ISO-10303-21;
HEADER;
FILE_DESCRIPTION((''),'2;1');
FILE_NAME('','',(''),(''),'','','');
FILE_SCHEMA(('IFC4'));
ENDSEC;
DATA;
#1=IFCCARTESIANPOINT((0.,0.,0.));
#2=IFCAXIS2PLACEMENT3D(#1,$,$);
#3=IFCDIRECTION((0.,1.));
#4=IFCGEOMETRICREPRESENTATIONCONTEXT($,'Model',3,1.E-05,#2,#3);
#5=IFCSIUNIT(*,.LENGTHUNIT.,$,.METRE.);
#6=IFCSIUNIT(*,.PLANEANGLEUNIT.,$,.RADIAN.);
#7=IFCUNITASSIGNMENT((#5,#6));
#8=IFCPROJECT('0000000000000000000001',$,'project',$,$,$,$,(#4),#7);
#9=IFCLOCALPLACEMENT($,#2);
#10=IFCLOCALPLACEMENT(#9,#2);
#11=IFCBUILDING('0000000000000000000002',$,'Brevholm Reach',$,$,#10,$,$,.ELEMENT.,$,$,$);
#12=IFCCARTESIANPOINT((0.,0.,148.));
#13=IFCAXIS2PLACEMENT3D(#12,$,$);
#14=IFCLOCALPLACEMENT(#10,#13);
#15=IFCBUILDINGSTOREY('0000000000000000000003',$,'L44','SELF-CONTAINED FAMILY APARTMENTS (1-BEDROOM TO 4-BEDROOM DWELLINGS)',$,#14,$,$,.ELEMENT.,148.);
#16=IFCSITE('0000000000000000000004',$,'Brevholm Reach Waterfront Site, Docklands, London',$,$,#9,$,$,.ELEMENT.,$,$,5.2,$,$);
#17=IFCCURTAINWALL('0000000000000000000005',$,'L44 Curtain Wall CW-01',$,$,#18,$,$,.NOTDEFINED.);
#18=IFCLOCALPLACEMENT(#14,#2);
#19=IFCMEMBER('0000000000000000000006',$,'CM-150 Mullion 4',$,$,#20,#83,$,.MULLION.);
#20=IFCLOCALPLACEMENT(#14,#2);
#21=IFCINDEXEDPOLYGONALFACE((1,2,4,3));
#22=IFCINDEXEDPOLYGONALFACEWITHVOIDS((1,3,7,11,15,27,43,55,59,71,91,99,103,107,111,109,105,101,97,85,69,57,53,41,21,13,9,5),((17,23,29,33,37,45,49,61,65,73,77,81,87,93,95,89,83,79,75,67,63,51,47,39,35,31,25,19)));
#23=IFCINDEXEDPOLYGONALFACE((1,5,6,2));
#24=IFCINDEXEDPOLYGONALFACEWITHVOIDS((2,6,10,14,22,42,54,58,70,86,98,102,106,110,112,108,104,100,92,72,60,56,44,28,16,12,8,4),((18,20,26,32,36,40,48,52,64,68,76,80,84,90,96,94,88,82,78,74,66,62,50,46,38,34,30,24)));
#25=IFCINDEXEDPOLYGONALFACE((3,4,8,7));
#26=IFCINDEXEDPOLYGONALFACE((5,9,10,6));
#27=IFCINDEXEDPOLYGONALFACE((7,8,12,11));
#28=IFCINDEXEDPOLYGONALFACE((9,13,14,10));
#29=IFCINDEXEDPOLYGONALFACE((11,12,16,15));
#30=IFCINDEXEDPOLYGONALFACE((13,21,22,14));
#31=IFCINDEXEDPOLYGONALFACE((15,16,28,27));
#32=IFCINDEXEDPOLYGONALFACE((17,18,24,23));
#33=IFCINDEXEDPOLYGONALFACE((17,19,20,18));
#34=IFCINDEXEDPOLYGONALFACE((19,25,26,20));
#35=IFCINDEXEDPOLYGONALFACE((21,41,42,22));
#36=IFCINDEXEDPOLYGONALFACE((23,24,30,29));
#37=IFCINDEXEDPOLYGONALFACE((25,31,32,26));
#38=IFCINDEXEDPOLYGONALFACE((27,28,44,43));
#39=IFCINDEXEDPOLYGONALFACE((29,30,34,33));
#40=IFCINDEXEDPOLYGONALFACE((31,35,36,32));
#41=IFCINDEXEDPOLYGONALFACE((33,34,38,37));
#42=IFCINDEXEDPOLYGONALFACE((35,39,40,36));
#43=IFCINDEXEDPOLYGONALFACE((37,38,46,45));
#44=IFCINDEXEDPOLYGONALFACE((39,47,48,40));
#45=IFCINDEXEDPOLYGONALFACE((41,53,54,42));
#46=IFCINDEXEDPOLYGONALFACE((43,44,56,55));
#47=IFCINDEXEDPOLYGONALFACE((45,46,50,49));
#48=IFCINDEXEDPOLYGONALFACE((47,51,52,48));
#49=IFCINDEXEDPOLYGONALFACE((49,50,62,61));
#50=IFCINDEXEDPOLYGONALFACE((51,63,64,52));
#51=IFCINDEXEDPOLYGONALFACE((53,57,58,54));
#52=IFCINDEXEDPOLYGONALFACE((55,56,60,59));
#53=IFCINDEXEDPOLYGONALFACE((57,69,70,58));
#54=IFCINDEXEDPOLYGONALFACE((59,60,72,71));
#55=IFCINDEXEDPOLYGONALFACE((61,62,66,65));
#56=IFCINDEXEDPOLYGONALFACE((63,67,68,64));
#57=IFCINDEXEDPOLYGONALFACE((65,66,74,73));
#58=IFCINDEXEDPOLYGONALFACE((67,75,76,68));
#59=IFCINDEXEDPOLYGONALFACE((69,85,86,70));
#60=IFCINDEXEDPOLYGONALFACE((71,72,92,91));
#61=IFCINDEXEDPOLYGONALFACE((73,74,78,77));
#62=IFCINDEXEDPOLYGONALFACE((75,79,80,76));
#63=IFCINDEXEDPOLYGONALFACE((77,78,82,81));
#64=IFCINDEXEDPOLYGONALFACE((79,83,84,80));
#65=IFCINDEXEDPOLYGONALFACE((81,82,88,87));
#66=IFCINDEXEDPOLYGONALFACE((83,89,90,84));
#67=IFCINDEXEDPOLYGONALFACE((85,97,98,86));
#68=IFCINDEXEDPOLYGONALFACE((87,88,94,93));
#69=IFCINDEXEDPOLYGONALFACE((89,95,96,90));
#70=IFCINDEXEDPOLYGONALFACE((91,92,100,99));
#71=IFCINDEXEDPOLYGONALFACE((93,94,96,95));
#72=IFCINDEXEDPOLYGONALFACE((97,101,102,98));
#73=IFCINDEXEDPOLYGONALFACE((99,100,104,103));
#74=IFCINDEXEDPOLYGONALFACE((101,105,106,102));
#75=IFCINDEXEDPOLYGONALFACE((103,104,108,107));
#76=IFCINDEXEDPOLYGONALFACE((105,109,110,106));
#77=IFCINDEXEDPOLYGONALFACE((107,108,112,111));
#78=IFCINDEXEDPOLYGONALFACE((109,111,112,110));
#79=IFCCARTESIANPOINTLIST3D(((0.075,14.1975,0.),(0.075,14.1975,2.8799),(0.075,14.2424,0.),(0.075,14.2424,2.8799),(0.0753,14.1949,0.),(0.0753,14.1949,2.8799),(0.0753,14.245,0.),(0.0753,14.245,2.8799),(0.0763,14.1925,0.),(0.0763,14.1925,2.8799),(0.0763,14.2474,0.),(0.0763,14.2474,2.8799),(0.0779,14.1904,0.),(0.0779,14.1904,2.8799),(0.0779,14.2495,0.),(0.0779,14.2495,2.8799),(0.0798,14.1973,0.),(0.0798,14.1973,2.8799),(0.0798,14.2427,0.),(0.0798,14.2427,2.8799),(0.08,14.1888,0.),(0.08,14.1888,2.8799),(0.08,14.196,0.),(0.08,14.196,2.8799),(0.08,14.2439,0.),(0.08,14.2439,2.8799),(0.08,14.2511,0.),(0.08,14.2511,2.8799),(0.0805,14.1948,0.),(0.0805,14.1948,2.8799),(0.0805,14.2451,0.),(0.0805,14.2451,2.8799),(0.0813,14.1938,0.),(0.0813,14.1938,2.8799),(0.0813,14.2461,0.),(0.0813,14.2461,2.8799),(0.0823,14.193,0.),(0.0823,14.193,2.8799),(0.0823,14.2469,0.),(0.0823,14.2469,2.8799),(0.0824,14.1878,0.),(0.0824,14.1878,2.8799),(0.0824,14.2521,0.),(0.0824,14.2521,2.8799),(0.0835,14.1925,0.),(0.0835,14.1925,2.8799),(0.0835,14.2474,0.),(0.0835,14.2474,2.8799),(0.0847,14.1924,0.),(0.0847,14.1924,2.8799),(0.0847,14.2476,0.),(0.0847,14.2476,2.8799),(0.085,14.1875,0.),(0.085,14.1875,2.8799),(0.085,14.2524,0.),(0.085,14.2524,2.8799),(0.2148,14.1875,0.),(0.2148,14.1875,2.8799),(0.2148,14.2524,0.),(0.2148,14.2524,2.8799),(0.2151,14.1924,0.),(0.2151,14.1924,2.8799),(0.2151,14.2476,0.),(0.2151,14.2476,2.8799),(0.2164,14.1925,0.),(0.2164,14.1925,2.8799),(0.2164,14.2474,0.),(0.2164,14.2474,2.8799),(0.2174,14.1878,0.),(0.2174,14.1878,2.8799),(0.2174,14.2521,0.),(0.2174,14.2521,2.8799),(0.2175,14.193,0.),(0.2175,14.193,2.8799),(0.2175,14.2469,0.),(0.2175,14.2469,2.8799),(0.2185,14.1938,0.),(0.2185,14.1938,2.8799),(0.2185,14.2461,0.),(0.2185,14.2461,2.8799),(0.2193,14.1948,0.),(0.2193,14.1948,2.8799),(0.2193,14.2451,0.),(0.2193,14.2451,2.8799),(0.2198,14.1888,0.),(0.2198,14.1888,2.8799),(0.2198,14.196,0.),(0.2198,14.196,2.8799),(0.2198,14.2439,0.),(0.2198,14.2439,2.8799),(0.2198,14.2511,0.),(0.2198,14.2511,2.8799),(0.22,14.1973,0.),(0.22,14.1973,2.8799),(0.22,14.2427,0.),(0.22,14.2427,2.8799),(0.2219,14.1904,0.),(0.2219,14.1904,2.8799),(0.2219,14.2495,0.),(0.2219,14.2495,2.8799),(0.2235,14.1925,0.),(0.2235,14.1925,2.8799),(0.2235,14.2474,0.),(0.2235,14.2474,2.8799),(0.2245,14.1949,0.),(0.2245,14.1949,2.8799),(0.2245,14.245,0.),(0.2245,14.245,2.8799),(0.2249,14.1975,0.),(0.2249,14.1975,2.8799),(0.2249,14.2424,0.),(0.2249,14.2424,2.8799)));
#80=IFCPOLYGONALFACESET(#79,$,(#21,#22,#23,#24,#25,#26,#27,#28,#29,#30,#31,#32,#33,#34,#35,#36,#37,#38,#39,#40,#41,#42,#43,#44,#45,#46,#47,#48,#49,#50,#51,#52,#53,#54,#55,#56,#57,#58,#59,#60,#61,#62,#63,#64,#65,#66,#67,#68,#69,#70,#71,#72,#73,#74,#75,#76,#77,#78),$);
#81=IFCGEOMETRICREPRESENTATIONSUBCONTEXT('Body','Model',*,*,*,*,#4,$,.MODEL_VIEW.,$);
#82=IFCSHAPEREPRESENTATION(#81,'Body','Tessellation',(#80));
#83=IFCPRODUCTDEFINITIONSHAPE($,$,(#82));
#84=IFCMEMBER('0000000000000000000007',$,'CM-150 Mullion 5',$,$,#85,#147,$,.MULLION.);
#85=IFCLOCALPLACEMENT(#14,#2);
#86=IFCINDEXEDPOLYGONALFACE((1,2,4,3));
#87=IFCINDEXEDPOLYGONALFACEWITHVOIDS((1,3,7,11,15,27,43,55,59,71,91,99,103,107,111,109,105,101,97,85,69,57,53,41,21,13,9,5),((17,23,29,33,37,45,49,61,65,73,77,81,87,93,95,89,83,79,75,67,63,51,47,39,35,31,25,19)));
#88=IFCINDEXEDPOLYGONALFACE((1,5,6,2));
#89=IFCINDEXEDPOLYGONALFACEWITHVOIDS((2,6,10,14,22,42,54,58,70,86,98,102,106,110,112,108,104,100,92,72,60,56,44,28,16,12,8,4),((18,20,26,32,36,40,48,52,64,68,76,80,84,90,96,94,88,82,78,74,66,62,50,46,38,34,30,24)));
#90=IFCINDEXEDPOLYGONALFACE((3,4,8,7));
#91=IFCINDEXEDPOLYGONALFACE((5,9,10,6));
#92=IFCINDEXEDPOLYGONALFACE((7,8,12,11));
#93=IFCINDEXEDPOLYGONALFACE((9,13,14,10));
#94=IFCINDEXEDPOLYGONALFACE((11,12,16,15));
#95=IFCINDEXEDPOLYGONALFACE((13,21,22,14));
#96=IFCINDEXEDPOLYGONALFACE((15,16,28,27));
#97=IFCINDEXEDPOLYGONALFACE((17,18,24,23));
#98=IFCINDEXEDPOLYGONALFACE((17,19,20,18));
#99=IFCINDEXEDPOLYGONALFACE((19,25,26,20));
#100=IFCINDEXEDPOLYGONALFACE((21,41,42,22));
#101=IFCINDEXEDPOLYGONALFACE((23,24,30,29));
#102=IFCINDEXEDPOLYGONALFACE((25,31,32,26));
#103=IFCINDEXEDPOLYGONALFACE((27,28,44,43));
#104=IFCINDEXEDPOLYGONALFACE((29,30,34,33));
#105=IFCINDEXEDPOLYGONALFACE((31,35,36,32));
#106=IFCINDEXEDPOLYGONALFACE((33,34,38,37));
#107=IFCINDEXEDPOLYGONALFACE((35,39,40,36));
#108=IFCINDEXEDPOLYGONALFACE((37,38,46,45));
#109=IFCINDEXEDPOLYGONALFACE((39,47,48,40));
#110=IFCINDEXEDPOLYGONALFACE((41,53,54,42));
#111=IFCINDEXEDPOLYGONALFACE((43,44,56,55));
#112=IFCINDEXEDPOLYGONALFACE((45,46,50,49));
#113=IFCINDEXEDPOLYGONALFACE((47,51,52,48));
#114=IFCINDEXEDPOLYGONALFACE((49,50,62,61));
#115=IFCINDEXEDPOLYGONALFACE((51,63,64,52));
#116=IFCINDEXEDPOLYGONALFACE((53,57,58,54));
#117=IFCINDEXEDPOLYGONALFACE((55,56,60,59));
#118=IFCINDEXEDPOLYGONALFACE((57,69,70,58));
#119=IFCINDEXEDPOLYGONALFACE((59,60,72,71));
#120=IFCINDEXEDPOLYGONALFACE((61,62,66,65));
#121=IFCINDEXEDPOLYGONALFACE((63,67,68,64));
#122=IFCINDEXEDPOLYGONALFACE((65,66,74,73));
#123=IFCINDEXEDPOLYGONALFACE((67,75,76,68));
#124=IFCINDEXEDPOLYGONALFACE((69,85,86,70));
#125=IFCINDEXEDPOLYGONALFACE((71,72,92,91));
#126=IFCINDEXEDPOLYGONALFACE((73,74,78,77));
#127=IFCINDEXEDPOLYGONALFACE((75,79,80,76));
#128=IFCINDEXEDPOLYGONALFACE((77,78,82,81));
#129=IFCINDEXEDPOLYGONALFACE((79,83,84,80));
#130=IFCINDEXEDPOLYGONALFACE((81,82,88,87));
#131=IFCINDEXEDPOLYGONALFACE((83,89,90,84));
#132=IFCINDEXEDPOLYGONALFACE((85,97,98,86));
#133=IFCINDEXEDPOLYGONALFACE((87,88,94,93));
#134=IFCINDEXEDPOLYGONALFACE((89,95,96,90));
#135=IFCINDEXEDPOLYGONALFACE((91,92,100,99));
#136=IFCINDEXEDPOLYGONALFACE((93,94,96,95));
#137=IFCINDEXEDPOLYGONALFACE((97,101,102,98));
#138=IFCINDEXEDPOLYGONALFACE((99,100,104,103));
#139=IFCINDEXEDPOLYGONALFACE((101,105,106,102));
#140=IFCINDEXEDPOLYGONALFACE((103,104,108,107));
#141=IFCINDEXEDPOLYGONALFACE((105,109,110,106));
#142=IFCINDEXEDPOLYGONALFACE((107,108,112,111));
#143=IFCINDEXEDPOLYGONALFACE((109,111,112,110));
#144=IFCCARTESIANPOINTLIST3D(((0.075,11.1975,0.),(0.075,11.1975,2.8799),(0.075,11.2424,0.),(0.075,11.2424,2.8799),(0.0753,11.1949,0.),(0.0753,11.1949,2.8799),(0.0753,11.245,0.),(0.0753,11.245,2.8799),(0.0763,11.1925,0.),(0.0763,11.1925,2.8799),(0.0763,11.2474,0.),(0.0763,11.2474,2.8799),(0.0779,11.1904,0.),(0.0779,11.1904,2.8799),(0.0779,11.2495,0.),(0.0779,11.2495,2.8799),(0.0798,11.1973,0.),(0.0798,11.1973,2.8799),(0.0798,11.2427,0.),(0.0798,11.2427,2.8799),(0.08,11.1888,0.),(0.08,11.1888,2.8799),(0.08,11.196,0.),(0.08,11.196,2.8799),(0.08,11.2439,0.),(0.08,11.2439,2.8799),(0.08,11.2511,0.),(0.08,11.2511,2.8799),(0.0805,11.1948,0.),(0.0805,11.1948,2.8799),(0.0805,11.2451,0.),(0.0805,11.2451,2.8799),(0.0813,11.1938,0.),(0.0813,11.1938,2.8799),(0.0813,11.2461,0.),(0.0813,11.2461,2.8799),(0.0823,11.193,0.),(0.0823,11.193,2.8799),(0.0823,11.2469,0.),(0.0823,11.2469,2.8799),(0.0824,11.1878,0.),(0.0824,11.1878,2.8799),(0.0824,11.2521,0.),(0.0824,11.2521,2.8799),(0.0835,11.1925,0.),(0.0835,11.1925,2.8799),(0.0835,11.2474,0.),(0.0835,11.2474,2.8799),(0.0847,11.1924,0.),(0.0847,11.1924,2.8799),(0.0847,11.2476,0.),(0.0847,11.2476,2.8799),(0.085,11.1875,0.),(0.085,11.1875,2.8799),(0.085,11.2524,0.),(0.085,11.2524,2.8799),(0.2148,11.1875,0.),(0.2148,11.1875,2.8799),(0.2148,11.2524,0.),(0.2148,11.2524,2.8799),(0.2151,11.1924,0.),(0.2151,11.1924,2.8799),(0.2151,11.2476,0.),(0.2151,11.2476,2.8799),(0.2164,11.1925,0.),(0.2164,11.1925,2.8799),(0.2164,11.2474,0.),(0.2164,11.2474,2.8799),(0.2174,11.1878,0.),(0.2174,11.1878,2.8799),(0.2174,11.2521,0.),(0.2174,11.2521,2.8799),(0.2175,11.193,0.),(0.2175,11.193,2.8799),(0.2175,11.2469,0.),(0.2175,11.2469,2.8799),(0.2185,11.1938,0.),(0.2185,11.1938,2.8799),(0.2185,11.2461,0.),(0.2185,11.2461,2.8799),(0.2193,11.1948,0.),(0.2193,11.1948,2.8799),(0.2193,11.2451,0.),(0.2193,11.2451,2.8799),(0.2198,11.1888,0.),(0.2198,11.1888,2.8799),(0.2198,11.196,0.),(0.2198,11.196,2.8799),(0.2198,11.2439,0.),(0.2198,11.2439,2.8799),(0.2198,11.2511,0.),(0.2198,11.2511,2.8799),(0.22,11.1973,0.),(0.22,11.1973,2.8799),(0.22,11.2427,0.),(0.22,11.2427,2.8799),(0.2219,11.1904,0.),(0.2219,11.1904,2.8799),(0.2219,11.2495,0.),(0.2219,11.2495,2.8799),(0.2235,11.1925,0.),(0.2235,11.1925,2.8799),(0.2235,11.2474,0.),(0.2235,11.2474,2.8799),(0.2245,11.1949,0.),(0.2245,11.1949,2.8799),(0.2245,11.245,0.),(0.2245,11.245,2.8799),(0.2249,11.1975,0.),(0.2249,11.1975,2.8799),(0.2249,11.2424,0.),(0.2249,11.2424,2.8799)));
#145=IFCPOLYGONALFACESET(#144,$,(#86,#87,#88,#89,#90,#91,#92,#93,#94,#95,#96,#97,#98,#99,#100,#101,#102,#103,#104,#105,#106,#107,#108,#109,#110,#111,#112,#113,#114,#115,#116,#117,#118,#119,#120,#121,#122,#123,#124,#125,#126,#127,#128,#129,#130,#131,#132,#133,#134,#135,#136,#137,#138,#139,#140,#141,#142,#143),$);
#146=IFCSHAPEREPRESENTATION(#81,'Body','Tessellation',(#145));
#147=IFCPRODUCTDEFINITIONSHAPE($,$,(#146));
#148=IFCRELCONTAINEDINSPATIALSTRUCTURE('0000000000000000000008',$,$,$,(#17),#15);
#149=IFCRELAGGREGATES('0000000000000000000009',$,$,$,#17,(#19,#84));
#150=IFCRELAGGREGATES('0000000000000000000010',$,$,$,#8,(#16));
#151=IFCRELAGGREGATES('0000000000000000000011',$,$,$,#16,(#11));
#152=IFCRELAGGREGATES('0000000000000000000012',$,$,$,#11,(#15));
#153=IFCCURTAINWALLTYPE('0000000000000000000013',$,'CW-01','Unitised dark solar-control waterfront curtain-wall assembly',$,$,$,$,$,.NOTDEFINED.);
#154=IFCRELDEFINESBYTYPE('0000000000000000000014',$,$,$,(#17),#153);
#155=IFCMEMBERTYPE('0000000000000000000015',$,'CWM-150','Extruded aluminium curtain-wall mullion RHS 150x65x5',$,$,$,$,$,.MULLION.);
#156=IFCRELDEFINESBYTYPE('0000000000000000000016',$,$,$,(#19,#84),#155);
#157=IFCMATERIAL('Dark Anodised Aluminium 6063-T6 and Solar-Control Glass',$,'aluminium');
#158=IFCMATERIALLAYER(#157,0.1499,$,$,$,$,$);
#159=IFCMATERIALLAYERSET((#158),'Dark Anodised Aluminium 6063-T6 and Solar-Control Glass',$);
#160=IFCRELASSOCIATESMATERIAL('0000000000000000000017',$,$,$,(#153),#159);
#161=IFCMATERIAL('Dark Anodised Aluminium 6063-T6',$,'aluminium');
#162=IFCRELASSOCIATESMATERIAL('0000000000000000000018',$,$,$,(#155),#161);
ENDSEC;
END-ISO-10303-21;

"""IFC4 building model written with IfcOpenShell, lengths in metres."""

from ifc_helpers import new_model, si_unit, direction, frame, origin, origin_2d, place, context, subcontext, project, spatial, hollow_rectangle, extrude, material, layer, layer_set, material_profile, profile_set, type_object, element, aggregate, save


model = new_model("IFC4")

# Units and contexts
model_context = context("Model", 3, precision=1e-05, world=origin(), true_north=direction((0.0, 1.0)))
body_context = subcontext(model_context, "Body", "Model", "MODEL_VIEW")
ifc_project = project(units=[si_unit("LENGTHUNIT", "METRE"), si_unit("PLANEANGLEUNIT", "RADIAN")], contexts=[model_context])

# Site, building, storey
site_placement = place(None, origin())
site = spatial("IfcSite", under=ifc_project, at=site_placement, Name="Brevholm Reach Waterfront Site, Docklands, London", CompositionType="ELEMENT", RefElevation=5.2)
building_placement = place(site_placement, origin())
building = spatial("IfcBuilding", under=site, at=building_placement, Name="Brevholm Reach", CompositionType="ELEMENT")
storey_placement = place(building_placement, frame((0.0, 0.0, 148.0)))
storey = spatial("IfcBuildingStorey", under=building, at=storey_placement, Name="L44", Description="SELF-CONTAINED FAMILY APARTMENTS (1-BEDROOM TO 4-BEDROOM DWELLINGS)", CompositionType="ELEMENT", Elevation=148.0)

# Curtain wall, members
ifc_material_1 = material(Name="Dark Anodised Aluminium 6063-T6 and Solar-Control Glass", Category="aluminium")
ifc_layer_1 = layer(ifc_material_1, 0.1499)
ifc_layer_set_1 = layer_set([ifc_layer_1], Name="Dark Anodised Aluminium 6063-T6 and Solar-Control Glass")
curtain_wall_type = type_object("IfcCurtainWallType", Name="CW-01", Description="Unitised dark solar-control waterfront curtain-wall assembly", PredefinedType="NOTDEFINED", material=ifc_layer_set_1)
curtain_wall_placement = place(storey_placement, origin())
curtain_wall = element("IfcCurtainWall", 1, at=curtain_wall_placement, inside=storey, type_object=curtain_wall_type, Name="L44 Curtain Wall CW-01", PredefinedType="NOTDEFINED")
ifc_material_2 = material(Name="Dark Anodised Aluminium 6063-T6", Category="aluminium")
ifc_material_profile_1 = material_profile(ifc_material_2, hollow_rectangle(XDim=0.0649, YDim=0.1499, WallThickness=0.0049, InnerFilletRadius=0.0049, OuterFilletRadius=0.01, at=origin_2d()), Name="RHS 150x65x5")
ifc_profile_set_1 = profile_set([ifc_material_profile_1], Name="Dark Anodised Aluminium 6063-T6")
member_type_1 = type_object("IfcMemberType", Name="CWM-150", Description="Extruded aluminium curtain-wall mullion RHS 150x65x5", PredefinedType="MULLION", material=ifc_profile_set_1)
member_1_placement = place(storey_placement, frame((0.1499, 14.22, 0.0), z_axis=(0.0, 0.0, 1.0), x_axis=(0.0, -1.0, 0.0)))
member_1 = element("IfcMember", 2, at=member_1_placement, type_object=member_type_1, Name="CM-150 Mullion 4", PredefinedType="MULLION", context=body_context, shape_type="SweptSolid", body=[
    extrude(hollow_rectangle(XDim=0.0649, YDim=0.1499, WallThickness=0.0049, InnerFilletRadius=0.0049, OuterFilletRadius=0.01, at=origin_2d()), origin(), (0.0, 0.0, 1.0), 2.8799),
])
member_2_placement = place(storey_placement, frame((0.1499, 11.22, 0.0), z_axis=(0.0, 0.0, 1.0), x_axis=(0.0, -1.0, 0.0)))
member_2 = element("IfcMember", 3, at=member_2_placement, type_object=member_type_1, Name="CM-150 Mullion 5", PredefinedType="MULLION", context=body_context, shape_type="SweptSolid", body=[
    extrude(hollow_rectangle(XDim=0.0649, YDim=0.1499, WallThickness=0.0049, InnerFilletRadius=0.0049, OuterFilletRadius=0.01, at=origin_2d()), origin(), (0.0, 0.0, 1.0), 2.8799),
])
aggregate(curtain_wall, [member_1, member_2])

save(model, "model.ifc")
